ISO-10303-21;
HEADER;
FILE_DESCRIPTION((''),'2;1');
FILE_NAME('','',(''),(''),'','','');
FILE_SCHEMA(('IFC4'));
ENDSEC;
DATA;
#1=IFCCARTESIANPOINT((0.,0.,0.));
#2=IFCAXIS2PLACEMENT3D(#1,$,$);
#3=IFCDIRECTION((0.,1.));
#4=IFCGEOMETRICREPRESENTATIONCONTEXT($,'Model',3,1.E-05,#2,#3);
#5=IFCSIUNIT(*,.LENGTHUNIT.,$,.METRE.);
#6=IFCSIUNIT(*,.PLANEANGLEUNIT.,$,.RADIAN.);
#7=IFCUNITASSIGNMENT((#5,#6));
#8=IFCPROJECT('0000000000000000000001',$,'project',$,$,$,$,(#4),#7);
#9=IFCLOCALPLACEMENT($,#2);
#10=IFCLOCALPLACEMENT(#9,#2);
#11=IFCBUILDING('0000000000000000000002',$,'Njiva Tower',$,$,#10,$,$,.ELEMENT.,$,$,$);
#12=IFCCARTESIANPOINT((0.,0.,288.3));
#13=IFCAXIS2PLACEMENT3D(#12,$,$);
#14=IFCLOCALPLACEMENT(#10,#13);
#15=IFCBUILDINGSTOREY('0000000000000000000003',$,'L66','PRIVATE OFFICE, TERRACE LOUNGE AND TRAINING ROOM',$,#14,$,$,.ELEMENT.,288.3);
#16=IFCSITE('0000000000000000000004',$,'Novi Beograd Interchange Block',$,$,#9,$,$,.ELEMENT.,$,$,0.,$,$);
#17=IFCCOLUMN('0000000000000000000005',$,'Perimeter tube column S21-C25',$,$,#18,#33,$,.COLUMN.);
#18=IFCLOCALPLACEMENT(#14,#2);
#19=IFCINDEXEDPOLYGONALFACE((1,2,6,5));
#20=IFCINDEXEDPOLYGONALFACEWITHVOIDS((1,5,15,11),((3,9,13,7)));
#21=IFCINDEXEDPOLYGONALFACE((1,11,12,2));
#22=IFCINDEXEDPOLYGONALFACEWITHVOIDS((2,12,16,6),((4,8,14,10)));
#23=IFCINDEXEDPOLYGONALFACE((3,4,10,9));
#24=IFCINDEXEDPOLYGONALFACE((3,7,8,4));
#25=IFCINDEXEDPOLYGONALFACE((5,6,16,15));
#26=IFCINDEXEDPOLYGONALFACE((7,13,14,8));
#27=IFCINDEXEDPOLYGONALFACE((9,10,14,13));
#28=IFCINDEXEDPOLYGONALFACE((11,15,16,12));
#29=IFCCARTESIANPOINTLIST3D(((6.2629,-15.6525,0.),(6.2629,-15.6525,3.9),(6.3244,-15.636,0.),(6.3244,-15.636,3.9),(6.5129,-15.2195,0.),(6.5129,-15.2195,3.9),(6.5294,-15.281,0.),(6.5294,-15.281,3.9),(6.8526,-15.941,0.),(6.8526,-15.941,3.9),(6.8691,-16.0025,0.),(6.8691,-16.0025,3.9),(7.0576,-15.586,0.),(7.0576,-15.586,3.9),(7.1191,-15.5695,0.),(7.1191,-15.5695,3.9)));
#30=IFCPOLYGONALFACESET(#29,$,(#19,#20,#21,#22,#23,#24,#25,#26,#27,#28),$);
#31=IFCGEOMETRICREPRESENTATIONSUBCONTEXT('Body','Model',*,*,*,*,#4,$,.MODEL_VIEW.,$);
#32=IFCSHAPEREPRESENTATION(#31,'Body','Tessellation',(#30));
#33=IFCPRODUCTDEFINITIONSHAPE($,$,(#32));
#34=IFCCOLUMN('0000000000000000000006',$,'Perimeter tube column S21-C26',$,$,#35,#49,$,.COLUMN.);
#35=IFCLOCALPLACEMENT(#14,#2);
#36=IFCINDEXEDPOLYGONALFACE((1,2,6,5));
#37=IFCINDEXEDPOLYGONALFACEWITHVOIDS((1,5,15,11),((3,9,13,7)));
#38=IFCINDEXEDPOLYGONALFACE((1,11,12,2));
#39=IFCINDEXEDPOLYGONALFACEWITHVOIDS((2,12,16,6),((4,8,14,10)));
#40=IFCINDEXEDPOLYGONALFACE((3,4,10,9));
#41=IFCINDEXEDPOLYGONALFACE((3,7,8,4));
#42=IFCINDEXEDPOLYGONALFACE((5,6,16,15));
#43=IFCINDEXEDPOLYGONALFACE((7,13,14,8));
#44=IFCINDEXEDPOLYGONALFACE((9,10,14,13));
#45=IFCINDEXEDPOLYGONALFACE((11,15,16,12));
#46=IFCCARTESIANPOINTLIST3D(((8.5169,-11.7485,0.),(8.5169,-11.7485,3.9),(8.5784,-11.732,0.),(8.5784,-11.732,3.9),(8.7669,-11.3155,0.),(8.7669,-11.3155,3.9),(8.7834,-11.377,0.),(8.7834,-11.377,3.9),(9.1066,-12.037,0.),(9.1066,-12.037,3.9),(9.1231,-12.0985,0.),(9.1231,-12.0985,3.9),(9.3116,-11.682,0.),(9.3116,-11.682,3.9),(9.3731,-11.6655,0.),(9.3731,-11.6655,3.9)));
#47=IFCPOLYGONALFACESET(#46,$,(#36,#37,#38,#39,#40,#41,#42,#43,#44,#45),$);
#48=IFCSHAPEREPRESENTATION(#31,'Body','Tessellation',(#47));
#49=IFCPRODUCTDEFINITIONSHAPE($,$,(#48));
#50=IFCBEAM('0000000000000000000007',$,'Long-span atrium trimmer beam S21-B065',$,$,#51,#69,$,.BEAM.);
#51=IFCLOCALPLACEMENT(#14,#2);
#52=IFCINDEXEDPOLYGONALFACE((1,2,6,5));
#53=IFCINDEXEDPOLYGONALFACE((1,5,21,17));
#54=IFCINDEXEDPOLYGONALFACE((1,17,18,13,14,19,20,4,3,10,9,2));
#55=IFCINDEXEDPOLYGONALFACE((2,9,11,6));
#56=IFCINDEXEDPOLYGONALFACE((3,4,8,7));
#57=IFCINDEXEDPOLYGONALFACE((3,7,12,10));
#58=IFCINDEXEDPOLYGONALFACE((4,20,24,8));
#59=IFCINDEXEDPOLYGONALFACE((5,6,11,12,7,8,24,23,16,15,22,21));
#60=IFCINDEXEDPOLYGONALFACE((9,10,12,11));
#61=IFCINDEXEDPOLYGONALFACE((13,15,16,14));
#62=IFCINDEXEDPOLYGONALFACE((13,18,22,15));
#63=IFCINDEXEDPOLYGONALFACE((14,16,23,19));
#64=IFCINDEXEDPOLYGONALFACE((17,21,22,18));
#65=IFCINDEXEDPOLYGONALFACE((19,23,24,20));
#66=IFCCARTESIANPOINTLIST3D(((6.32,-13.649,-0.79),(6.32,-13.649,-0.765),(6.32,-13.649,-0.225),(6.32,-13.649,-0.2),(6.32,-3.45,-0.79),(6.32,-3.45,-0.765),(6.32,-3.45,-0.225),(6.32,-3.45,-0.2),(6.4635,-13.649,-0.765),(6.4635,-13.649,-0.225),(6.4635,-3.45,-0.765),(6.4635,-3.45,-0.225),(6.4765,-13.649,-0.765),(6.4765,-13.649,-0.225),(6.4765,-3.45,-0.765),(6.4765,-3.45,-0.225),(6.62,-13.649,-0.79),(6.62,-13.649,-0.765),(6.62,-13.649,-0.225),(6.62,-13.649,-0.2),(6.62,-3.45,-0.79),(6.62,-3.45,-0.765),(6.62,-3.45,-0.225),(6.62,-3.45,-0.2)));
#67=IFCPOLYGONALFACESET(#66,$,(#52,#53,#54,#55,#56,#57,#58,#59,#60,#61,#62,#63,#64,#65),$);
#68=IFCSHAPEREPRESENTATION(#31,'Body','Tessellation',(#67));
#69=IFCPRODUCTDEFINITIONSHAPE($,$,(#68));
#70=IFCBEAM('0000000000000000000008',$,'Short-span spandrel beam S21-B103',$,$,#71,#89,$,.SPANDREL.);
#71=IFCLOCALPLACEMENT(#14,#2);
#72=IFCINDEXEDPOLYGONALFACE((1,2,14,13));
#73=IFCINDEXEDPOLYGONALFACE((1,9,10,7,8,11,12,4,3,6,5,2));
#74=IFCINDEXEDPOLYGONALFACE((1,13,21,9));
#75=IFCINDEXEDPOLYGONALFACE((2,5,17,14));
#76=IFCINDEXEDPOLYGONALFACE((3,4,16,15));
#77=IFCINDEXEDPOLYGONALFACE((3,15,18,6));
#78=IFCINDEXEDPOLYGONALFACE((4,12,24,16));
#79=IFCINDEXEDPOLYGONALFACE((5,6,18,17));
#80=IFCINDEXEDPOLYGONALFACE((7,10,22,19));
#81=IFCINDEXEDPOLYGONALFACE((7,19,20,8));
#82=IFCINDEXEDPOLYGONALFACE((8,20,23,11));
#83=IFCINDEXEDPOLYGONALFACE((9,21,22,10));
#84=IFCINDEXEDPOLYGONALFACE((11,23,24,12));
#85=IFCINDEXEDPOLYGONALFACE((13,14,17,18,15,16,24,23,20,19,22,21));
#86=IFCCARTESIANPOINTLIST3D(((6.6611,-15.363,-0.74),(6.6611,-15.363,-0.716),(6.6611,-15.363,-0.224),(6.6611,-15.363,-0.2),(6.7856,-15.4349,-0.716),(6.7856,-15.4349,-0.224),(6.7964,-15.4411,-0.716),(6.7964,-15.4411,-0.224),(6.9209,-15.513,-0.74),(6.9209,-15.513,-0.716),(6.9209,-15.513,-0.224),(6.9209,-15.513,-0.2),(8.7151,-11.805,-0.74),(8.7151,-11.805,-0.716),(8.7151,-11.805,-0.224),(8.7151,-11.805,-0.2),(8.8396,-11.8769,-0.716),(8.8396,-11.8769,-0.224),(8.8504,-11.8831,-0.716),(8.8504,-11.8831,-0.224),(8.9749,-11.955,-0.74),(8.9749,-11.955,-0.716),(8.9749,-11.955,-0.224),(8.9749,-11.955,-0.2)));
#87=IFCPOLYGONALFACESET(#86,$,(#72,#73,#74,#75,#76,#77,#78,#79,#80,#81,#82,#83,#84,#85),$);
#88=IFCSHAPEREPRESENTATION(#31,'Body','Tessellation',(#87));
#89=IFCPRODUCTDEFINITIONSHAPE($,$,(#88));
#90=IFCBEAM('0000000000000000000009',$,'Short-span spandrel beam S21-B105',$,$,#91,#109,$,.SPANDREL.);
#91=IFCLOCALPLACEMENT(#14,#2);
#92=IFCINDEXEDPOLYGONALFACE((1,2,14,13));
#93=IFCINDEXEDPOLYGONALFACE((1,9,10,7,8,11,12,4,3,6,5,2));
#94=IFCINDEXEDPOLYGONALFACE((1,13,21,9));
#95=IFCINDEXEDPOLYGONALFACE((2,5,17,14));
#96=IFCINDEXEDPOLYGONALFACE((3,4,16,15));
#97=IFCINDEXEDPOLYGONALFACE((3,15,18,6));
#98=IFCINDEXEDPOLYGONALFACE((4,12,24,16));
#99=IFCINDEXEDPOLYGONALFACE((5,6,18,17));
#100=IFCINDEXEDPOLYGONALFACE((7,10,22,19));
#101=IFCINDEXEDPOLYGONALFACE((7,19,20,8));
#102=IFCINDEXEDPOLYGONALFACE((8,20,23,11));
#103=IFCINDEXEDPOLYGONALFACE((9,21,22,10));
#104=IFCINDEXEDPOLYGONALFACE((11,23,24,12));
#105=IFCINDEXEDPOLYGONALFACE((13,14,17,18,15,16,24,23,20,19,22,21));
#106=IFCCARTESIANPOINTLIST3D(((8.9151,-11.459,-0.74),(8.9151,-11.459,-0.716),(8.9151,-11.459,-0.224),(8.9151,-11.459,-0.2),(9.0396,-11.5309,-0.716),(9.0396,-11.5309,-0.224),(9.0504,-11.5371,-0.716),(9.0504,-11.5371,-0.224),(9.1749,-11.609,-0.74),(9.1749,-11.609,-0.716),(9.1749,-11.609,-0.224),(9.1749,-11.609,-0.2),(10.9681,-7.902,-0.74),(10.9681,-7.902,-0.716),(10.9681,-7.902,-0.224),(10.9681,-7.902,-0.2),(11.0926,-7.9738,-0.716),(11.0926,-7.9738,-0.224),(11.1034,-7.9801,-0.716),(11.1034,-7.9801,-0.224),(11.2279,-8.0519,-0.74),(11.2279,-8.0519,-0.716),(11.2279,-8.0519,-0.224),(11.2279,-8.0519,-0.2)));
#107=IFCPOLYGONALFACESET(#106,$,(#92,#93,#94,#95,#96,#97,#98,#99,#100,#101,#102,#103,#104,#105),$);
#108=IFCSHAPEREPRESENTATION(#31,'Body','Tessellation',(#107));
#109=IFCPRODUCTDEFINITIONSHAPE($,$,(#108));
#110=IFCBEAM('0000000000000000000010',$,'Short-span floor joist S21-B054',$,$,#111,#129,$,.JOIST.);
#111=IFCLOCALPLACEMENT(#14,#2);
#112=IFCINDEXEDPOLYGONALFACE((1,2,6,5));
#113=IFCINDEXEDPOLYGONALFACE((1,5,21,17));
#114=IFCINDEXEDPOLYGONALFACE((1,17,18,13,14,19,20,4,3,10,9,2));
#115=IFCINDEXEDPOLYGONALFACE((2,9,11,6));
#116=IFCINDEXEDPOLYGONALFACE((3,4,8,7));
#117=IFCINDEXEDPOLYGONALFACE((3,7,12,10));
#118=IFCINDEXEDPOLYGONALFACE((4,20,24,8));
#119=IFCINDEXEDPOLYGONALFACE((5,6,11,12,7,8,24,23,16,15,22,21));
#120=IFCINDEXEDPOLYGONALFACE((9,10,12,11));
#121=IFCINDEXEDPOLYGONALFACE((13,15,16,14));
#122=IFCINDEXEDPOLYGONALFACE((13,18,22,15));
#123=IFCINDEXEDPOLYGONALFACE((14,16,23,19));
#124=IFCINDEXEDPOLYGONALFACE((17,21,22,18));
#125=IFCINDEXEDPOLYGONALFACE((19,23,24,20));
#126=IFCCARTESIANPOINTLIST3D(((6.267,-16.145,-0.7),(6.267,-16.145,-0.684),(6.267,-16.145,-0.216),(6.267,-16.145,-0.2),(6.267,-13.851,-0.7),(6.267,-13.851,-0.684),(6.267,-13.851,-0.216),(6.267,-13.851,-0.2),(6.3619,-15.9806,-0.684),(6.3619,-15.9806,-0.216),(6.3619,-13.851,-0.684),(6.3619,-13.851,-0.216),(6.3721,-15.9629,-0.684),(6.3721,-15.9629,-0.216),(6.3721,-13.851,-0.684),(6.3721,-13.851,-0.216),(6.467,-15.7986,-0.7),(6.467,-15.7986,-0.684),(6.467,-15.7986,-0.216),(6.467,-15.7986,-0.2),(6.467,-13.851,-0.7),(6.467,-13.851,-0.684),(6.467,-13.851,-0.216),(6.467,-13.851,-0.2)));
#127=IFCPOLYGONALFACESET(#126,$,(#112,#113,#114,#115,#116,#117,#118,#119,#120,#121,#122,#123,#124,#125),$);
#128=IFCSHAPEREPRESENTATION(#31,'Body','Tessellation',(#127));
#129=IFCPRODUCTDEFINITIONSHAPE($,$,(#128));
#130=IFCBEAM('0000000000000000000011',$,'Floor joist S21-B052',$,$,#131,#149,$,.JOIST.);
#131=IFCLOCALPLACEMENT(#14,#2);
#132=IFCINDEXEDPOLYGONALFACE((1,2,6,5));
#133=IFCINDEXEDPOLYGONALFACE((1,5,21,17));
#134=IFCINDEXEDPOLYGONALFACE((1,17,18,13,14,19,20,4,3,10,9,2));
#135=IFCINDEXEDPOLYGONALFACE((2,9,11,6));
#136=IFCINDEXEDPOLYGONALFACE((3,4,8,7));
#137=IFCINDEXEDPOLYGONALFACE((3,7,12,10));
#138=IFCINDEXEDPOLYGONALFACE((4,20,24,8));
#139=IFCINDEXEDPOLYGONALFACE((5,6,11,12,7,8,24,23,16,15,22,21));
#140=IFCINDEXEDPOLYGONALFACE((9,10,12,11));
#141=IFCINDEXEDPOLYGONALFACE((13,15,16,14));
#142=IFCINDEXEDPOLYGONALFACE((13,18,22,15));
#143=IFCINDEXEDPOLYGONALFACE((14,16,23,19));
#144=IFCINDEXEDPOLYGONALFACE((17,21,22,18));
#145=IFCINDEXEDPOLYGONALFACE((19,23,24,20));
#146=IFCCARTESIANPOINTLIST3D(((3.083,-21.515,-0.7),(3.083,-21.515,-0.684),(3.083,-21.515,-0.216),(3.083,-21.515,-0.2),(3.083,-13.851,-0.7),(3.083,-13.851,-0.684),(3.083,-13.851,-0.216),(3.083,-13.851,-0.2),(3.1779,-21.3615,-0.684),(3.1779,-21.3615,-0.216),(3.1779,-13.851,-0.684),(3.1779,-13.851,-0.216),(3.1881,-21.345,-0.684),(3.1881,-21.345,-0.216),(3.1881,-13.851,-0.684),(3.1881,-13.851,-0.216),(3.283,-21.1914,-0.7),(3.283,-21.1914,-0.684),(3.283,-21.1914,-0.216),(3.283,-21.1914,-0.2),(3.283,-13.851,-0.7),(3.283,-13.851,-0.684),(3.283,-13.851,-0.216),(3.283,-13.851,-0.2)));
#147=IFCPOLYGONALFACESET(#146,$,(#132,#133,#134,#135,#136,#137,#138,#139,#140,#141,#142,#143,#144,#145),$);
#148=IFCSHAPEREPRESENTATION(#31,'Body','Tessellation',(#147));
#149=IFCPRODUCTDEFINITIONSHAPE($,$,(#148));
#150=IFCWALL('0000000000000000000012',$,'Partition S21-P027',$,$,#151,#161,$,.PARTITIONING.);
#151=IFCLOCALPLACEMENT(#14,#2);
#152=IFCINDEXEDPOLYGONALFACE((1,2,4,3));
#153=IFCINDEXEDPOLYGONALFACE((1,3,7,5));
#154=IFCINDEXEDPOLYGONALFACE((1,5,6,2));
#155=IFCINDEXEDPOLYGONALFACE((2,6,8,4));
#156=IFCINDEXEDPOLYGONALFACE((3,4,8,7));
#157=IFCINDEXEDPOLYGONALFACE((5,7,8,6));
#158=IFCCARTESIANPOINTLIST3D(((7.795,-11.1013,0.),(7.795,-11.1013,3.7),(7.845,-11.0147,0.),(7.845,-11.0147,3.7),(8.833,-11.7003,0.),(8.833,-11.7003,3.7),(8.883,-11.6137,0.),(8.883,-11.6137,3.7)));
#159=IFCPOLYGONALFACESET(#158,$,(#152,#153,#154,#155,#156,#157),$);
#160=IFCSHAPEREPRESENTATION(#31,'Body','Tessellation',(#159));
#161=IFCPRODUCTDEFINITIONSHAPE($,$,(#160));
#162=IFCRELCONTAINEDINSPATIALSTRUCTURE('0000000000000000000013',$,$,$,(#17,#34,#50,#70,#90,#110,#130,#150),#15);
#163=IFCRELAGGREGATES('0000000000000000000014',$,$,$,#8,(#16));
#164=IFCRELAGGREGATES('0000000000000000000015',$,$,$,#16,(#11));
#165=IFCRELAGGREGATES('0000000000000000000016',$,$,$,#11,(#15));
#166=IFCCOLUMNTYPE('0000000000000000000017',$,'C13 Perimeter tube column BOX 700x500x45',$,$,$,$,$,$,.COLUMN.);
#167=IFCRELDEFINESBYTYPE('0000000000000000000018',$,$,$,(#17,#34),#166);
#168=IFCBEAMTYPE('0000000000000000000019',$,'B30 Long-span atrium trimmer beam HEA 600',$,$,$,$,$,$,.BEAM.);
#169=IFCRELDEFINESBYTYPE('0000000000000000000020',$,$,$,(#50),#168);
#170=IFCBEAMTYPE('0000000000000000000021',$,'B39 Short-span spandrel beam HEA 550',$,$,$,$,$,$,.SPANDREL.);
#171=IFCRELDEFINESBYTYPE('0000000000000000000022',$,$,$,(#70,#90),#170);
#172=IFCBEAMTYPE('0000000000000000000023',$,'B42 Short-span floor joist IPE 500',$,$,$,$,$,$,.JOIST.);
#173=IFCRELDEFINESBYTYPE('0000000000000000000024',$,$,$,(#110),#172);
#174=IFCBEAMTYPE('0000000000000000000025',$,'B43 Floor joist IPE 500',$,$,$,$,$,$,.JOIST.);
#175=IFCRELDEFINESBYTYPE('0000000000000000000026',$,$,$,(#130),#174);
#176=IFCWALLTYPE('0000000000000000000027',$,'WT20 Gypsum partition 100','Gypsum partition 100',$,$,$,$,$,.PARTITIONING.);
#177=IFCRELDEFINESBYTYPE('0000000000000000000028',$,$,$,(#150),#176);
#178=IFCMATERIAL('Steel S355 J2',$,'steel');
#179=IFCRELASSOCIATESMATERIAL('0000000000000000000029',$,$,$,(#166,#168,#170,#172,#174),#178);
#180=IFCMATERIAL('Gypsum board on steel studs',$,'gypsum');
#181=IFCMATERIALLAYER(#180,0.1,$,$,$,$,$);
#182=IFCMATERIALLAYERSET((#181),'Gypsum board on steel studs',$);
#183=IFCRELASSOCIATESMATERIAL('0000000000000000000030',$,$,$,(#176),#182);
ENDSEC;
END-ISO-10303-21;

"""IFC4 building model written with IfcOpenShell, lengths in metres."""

from ifc_helpers import new_model, si_unit, direction, frame, frame_2d, origin, origin_2d, place, context, subcontext, project, spatial, rectangle, hollow_rectangle, i_section, extrude, clip, halfspace, material, layer, layer_set, material_profile, profile_set, type_object, element, save


model = new_model("IFC4")

# Units and contexts
model_context = context("Model", 3, precision=1e-05, world=origin(), true_north=direction((0.0, 1.0)))
body_context = subcontext(model_context, "Body", "Model", "MODEL_VIEW")
ifc_project = project(units=[si_unit("LENGTHUNIT", "METRE"), si_unit("PLANEANGLEUNIT", "RADIAN")], contexts=[model_context])

# Site, building, storey
site_placement = place(None, origin())
site = spatial("IfcSite", under=ifc_project, at=site_placement, Name="Novi Beograd Interchange Block", CompositionType="ELEMENT", RefElevation=0.0)
building_placement = place(site_placement, origin())
building = spatial("IfcBuilding", under=site, at=building_placement, Name="Njiva Tower", CompositionType="ELEMENT")
storey_placement = place(building_placement, frame((0.0, 0.0, 288.3)))
storey = spatial("IfcBuildingStorey", under=building, at=storey_placement, Name="L66", Description="PRIVATE OFFICE, TERRACE LOUNGE AND TRAINING ROOM", CompositionType="ELEMENT", Elevation=288.3)

# Columns
ifc_material_1 = material(Name="Steel S355 J2", Category="steel")
ifc_material_profile_1 = material_profile(ifc_material_1, hollow_rectangle(XDim=0.5, YDim=0.7, WallThickness=0.045, at=origin_2d()), Name="BOX 700x500x45")
ifc_profile_set_1 = profile_set([ifc_material_profile_1], Name="Steel S355 J2")
column_type = type_object("IfcColumnType", Name="C13 Perimeter tube column BOX 700x500x45", PredefinedType="COLUMN", material=ifc_profile_set_1)
for number, where, z_axis, x_axis, name in (
    (1, (6.691, -15.611, 0.0), (0.0, 0.0, 1.0), (0.5, 0.866025, 0.0), "Perimeter tube column S21-C25"),
    (2, (8.945, -11.707, 0.0), (0.0, 0.0, 1.0), (0.5, 0.866025, 0.0), "Perimeter tube column S21-C26"),
):
    element("IfcColumn", number, at=place(storey_placement, frame(where, z_axis=z_axis, x_axis=x_axis)), inside=storey, type_object=column_type, Name=name, PredefinedType="COLUMN", context=body_context, shape_type="SweptSolid", body=[
        extrude(hollow_rectangle(XDim=0.5, YDim=0.7, WallThickness=0.045, at=origin_2d()), origin(), (0.0, 0.0, 1.0), 3.9),
    ])

# Beams
ifc_material_profile_2 = material_profile(ifc_material_1, i_section(OverallWidth=0.3, OverallDepth=0.59, WebThickness=0.013, FlangeThickness=0.025, at=origin_2d()), Name="HEA 600")
ifc_profile_set_2 = profile_set([ifc_material_profile_2], Name="Steel S355 J2")
beam_type_1 = type_object("IfcBeamType", Name="B30 Long-span atrium trimmer beam HEA 600", PredefinedType="BEAM", material=ifc_profile_set_2)
beam_1_placement = place(storey_placement, frame((6.47, -13.649, -0.495), z_axis=(0.0, 1.0, 0.0), x_axis=(-1.0, 0.0, 0.0)))
element("IfcBeam", 3, at=beam_1_placement, inside=storey, type_object=beam_type_1, Name="Long-span atrium trimmer beam S21-B065", PredefinedType="BEAM", context=body_context, shape_type="SweptSolid", body=[
    extrude(i_section(OverallWidth=0.3, OverallDepth=0.59, WebThickness=0.013, FlangeThickness=0.025, at=origin_2d()), origin(), (0.0, 0.0, 1.0), 10.199),
])
ifc_material_profile_3 = material_profile(ifc_material_1, i_section(OverallWidth=0.3, OverallDepth=0.54, WebThickness=0.0125, FlangeThickness=0.024, at=origin_2d()), Name="HEA 550")
ifc_profile_set_3 = profile_set([ifc_material_profile_3], Name="Steel S355 J2")
beam_type_2 = type_object("IfcBeamType", Name="B39 Short-span spandrel beam HEA 550", PredefinedType="SPANDREL", material=ifc_profile_set_3)
beam_2_placement = place(storey_placement, frame((6.791, -15.438, -0.47), z_axis=(0.499961, 0.866048, 0.0), x_axis=(-0.866048, 0.499961, 0.0)))
element("IfcBeam", 4, at=beam_2_placement, inside=storey, type_object=beam_type_2, Name="Short-span spandrel beam S21-B103", PredefinedType="SPANDREL", context=body_context, shape_type="SweptSolid", body=[
    extrude(i_section(OverallWidth=0.3, OverallDepth=0.54, WebThickness=0.0125, FlangeThickness=0.024, at=origin_2d()), origin(), (0.0, 0.0, 1.0), 4.1083),
])
beam_3_placement = place(storey_placement, frame((9.045, -11.534, -0.47), z_axis=(0.499884, 0.866092, 0.0), x_axis=(-0.866092, 0.499884, 0.0)))
element("IfcBeam", 5, at=beam_3_placement, inside=storey, type_object=beam_type_2, Name="Short-span spandrel beam S21-B105", PredefinedType="SPANDREL", context=body_context, shape_type="SweptSolid", body=[
    extrude(i_section(OverallWidth=0.3, OverallDepth=0.54, WebThickness=0.0125, FlangeThickness=0.024, at=origin_2d()), origin(), (0.0, 0.0, 1.0), 4.107),
])
ifc_material_profile_4 = material_profile(ifc_material_1, i_section(OverallWidth=0.2, OverallDepth=0.5, WebThickness=0.0102, FlangeThickness=0.016, at=origin_2d()), Name="IPE 500")
ifc_profile_set_4 = profile_set([ifc_material_profile_4], Name="Steel S355 J2")
beam_type_3 = type_object("IfcBeamType", Name="B42 Short-span floor joist IPE 500", PredefinedType="JOIST", material=ifc_profile_set_4)
beam_4_placement = place(storey_placement, frame((6.367, -13.851, -0.45), z_axis=(0.0, -1.0, 0.0), x_axis=(1.0, 0.0, 0.0)))
element("IfcBeam", 6, at=beam_4_placement, inside=storey, type_object=beam_type_3, Name="Short-span floor joist S21-B054", PredefinedType="JOIST", context=body_context, shape_type="Clipping", body=[
    clip(extrude(i_section(OverallWidth=0.2, OverallDepth=0.5, WebThickness=0.0102, FlangeThickness=0.016, at=origin_2d()), origin(), (0.0, 0.0, 1.0), 2.314), halfspace(frame((0.043, 0.0, 2.0463), z_axis=(0.866027, 0.0, 0.499998), x_axis=(0.0, 1.0, 0.0)), False)),
])
ifc_material_profile_5 = material_profile(ifc_material_1, i_section(OverallWidth=0.2, OverallDepth=0.5, WebThickness=0.0102, FlangeThickness=0.016, at=origin_2d()), Name="IPE 500")
ifc_profile_set_5 = profile_set([ifc_material_profile_5], Name="Steel S355 J2")
beam_type_4 = type_object("IfcBeamType", Name="B43 Floor joist IPE 500", PredefinedType="JOIST", material=ifc_profile_set_5)
beam_5_placement = place(storey_placement, frame((3.183, -13.851, -0.45), z_axis=(0.0, -1.0, 0.0), x_axis=(1.0, 0.0, 0.0)))
element("IfcBeam", 7, at=beam_5_placement, inside=storey, type_object=beam_type_4, Name="Floor joist S21-B052", PredefinedType="JOIST", context=body_context, shape_type="Clipping", body=[
    clip(extrude(i_section(OverallWidth=0.2, OverallDepth=0.5, WebThickness=0.0102, FlangeThickness=0.016, at=origin_2d()), origin(), (0.0, 0.0, 1.0), 7.684), halfspace(frame((0.0429, 0.0, 7.4328), z_axis=(0.85062, 0.0, 0.52578), x_axis=(0.0, 1.0, 0.0)), False)),
])

# Wall
ifc_material_2 = material(Name="Gypsum board on steel studs", Category="gypsum")
ifc_layer_1 = layer(ifc_material_2, 0.1)
ifc_layer_set_1 = layer_set([ifc_layer_1], Name="Gypsum board on steel studs")
wall_type_1 = type_object("IfcWallType", Name="WT20 Gypsum partition 100", Description="Gypsum partition 100", PredefinedType="PARTITIONING", material=ifc_layer_set_1)
wall_1_placement = place(storey_placement, frame((7.82, -11.058, 0.0), z_axis=(0.0, 0.0, 1.0), x_axis=(0.86613, -0.499819, 0.0)))
element("IfcWall", 8, at=wall_1_placement, inside=storey, type_object=wall_type_1, Name="Partition S21-P027", PredefinedType="PARTITIONING", context=body_context, shape_type="SweptSolid", body=[
    extrude(rectangle(XDim=1.1984, YDim=0.1, at=frame_2d((0.5992, 0.0))), origin(), (0.0, 0.0, 1.0), 3.7),
])

save(model, "model.ifc")
